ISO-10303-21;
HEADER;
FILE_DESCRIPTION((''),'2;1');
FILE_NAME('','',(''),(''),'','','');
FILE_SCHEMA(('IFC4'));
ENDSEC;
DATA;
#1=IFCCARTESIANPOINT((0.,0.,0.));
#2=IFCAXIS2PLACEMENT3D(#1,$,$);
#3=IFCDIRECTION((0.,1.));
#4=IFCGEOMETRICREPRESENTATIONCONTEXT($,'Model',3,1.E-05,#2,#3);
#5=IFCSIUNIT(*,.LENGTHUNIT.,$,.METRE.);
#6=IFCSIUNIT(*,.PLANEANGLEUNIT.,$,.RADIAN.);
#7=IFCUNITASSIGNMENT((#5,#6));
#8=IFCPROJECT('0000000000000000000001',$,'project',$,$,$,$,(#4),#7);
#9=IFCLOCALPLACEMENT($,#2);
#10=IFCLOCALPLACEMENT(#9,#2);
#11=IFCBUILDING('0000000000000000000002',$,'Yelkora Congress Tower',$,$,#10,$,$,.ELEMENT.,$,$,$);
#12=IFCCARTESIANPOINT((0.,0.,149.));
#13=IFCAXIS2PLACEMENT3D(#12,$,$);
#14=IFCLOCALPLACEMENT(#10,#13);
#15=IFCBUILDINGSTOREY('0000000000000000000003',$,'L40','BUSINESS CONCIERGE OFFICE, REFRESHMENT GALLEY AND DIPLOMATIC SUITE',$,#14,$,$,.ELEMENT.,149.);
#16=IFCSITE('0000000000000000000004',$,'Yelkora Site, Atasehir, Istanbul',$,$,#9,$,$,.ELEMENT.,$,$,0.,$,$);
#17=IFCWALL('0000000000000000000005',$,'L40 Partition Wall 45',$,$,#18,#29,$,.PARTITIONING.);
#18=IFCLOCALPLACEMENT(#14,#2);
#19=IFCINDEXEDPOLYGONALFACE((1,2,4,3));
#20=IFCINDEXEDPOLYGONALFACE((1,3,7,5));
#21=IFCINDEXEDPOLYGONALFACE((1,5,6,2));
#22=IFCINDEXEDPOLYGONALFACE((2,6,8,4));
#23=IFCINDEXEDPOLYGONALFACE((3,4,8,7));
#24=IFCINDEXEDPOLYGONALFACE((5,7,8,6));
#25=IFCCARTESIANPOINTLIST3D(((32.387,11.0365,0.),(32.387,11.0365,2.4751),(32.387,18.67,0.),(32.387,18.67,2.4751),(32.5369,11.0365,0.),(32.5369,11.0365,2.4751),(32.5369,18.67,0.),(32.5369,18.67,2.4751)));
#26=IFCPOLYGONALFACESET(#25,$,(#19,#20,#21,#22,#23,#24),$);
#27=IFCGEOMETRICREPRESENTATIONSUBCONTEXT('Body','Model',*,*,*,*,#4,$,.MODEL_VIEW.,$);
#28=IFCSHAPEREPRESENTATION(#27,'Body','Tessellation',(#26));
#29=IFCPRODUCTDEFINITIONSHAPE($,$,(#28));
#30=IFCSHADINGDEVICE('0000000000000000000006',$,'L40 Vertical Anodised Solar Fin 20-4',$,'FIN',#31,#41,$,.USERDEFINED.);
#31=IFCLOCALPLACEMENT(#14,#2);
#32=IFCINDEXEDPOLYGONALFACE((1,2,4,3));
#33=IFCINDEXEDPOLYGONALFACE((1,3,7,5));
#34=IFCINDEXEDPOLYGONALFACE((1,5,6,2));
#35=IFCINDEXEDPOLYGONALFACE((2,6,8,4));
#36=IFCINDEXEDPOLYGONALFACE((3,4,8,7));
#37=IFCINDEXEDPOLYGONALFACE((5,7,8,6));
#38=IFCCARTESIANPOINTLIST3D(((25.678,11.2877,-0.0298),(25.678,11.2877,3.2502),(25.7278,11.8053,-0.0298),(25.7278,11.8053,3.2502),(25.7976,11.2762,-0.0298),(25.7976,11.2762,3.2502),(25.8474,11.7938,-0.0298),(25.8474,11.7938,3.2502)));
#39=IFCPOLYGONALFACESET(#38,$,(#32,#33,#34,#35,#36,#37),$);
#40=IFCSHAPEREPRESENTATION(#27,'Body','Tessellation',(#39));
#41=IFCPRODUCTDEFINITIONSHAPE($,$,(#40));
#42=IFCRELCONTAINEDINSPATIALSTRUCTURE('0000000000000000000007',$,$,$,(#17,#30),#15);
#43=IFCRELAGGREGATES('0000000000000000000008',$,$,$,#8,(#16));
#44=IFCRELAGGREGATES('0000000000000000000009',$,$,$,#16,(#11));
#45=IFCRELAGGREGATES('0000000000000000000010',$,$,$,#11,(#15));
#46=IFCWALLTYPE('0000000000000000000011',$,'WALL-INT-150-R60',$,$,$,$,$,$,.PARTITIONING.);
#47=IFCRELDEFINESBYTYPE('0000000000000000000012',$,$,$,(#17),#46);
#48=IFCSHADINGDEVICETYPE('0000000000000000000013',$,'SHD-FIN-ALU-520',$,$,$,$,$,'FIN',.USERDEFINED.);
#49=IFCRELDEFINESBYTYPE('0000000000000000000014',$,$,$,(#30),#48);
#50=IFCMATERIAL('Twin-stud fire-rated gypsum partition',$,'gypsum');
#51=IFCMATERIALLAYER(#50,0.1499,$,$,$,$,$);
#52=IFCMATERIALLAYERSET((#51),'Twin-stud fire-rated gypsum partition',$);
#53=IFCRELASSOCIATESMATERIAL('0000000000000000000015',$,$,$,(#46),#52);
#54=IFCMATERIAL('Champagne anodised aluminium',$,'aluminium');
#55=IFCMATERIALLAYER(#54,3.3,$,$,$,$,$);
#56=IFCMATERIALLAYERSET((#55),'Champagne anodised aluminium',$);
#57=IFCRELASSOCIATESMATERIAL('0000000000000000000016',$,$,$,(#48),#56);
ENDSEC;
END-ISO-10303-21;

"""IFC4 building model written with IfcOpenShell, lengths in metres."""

from ifc_helpers import new_model, si_unit, direction, frame, frame_2d, origin, origin_2d, place, context, subcontext, project, spatial, rectangle, extrude, material, layer, layer_set, type_object, element, save


model = new_model("IFC4")

# Units and contexts
model_context = context("Model", 3, precision=1e-05, world=origin(), true_north=direction((0.0, 1.0)))
body_context = subcontext(model_context, "Body", "Model", "MODEL_VIEW")
ifc_project = project(units=[si_unit("LENGTHUNIT", "METRE"), si_unit("PLANEANGLEUNIT", "RADIAN")], contexts=[model_context])

# Site, building, storey
site_placement = place(None, origin())
site = spatial("IfcSite", under=ifc_project, at=site_placement, Name="Yelkora Site, Atasehir, Istanbul", CompositionType="ELEMENT", RefElevation=0.0)
building_placement = place(site_placement, origin())
building = spatial("IfcBuilding", under=site, at=building_placement, Name="Yelkora Congress Tower", CompositionType="ELEMENT")
storey_placement = place(building_placement, frame((0.0, 0.0, 149.0)))
storey = spatial("IfcBuildingStorey", under=building, at=storey_placement, Name="L40", Description="BUSINESS CONCIERGE OFFICE, REFRESHMENT GALLEY AND DIPLOMATIC SUITE", CompositionType="ELEMENT", Elevation=149.0)

# Wall
ifc_material_1 = material(Name="Twin-stud fire-rated gypsum partition", Category="gypsum")
ifc_layer_1 = layer(ifc_material_1, 0.1499)
ifc_layer_set_1 = layer_set([ifc_layer_1], Name="Twin-stud fire-rated gypsum partition")
wall_type_1 = type_object("IfcWallType", Name="WALL-INT-150-R60", PredefinedType="PARTITIONING", material=ifc_layer_set_1)
wall_1_placement = place(storey_placement, frame((32.4619, 11.0364, 0.0), z_axis=(0.0, 0.0, 1.0), x_axis=(0.0, 1.0, 0.0)))
element("IfcWall", 1, at=wall_1_placement, inside=storey, type_object=wall_type_1, Name="L40 Partition Wall 45", PredefinedType="PARTITIONING", context=body_context, shape_type="SweptSolid", body=[
    extrude(rectangle(XDim=7.6335, YDim=0.1499, at=frame_2d((3.8169, 0.0))), origin(), (0.0, 0.0, 1.0), 2.4751),
])

# Shading device
ifc_material_2 = material(Name="Champagne anodised aluminium", Category="aluminium")
ifc_layer_2 = layer(ifc_material_2, 3.3)
ifc_layer_set_2 = layer_set([ifc_layer_2], Name="Champagne anodised aluminium")
shading_device_type = type_object("IfcShadingDeviceType", Name="SHD-FIN-ALU-520", ElementType="FIN", PredefinedType="USERDEFINED", material=ifc_layer_set_2)
shading_device_placement = place(storey_placement, frame((25.7627, 11.5408, -0.0298), z_axis=(0.0, 0.0, 1.0), x_axis=(-0.995396, 0.095846, 0.0)))
element("IfcShadingDevice", 2, at=shading_device_placement, inside=storey, type_object=shading_device_type, Name="L40 Vertical Anodised Solar Fin 20-4", ObjectType="FIN", PredefinedType="USERDEFINED", context=body_context, shape_type="SweptSolid", body=[
    extrude(rectangle(XDim=0.1201, YDim=0.52, at=origin_2d()), origin(), (0.0, 0.0, 1.0), 3.28),
])

save(model, "model.ifc")
